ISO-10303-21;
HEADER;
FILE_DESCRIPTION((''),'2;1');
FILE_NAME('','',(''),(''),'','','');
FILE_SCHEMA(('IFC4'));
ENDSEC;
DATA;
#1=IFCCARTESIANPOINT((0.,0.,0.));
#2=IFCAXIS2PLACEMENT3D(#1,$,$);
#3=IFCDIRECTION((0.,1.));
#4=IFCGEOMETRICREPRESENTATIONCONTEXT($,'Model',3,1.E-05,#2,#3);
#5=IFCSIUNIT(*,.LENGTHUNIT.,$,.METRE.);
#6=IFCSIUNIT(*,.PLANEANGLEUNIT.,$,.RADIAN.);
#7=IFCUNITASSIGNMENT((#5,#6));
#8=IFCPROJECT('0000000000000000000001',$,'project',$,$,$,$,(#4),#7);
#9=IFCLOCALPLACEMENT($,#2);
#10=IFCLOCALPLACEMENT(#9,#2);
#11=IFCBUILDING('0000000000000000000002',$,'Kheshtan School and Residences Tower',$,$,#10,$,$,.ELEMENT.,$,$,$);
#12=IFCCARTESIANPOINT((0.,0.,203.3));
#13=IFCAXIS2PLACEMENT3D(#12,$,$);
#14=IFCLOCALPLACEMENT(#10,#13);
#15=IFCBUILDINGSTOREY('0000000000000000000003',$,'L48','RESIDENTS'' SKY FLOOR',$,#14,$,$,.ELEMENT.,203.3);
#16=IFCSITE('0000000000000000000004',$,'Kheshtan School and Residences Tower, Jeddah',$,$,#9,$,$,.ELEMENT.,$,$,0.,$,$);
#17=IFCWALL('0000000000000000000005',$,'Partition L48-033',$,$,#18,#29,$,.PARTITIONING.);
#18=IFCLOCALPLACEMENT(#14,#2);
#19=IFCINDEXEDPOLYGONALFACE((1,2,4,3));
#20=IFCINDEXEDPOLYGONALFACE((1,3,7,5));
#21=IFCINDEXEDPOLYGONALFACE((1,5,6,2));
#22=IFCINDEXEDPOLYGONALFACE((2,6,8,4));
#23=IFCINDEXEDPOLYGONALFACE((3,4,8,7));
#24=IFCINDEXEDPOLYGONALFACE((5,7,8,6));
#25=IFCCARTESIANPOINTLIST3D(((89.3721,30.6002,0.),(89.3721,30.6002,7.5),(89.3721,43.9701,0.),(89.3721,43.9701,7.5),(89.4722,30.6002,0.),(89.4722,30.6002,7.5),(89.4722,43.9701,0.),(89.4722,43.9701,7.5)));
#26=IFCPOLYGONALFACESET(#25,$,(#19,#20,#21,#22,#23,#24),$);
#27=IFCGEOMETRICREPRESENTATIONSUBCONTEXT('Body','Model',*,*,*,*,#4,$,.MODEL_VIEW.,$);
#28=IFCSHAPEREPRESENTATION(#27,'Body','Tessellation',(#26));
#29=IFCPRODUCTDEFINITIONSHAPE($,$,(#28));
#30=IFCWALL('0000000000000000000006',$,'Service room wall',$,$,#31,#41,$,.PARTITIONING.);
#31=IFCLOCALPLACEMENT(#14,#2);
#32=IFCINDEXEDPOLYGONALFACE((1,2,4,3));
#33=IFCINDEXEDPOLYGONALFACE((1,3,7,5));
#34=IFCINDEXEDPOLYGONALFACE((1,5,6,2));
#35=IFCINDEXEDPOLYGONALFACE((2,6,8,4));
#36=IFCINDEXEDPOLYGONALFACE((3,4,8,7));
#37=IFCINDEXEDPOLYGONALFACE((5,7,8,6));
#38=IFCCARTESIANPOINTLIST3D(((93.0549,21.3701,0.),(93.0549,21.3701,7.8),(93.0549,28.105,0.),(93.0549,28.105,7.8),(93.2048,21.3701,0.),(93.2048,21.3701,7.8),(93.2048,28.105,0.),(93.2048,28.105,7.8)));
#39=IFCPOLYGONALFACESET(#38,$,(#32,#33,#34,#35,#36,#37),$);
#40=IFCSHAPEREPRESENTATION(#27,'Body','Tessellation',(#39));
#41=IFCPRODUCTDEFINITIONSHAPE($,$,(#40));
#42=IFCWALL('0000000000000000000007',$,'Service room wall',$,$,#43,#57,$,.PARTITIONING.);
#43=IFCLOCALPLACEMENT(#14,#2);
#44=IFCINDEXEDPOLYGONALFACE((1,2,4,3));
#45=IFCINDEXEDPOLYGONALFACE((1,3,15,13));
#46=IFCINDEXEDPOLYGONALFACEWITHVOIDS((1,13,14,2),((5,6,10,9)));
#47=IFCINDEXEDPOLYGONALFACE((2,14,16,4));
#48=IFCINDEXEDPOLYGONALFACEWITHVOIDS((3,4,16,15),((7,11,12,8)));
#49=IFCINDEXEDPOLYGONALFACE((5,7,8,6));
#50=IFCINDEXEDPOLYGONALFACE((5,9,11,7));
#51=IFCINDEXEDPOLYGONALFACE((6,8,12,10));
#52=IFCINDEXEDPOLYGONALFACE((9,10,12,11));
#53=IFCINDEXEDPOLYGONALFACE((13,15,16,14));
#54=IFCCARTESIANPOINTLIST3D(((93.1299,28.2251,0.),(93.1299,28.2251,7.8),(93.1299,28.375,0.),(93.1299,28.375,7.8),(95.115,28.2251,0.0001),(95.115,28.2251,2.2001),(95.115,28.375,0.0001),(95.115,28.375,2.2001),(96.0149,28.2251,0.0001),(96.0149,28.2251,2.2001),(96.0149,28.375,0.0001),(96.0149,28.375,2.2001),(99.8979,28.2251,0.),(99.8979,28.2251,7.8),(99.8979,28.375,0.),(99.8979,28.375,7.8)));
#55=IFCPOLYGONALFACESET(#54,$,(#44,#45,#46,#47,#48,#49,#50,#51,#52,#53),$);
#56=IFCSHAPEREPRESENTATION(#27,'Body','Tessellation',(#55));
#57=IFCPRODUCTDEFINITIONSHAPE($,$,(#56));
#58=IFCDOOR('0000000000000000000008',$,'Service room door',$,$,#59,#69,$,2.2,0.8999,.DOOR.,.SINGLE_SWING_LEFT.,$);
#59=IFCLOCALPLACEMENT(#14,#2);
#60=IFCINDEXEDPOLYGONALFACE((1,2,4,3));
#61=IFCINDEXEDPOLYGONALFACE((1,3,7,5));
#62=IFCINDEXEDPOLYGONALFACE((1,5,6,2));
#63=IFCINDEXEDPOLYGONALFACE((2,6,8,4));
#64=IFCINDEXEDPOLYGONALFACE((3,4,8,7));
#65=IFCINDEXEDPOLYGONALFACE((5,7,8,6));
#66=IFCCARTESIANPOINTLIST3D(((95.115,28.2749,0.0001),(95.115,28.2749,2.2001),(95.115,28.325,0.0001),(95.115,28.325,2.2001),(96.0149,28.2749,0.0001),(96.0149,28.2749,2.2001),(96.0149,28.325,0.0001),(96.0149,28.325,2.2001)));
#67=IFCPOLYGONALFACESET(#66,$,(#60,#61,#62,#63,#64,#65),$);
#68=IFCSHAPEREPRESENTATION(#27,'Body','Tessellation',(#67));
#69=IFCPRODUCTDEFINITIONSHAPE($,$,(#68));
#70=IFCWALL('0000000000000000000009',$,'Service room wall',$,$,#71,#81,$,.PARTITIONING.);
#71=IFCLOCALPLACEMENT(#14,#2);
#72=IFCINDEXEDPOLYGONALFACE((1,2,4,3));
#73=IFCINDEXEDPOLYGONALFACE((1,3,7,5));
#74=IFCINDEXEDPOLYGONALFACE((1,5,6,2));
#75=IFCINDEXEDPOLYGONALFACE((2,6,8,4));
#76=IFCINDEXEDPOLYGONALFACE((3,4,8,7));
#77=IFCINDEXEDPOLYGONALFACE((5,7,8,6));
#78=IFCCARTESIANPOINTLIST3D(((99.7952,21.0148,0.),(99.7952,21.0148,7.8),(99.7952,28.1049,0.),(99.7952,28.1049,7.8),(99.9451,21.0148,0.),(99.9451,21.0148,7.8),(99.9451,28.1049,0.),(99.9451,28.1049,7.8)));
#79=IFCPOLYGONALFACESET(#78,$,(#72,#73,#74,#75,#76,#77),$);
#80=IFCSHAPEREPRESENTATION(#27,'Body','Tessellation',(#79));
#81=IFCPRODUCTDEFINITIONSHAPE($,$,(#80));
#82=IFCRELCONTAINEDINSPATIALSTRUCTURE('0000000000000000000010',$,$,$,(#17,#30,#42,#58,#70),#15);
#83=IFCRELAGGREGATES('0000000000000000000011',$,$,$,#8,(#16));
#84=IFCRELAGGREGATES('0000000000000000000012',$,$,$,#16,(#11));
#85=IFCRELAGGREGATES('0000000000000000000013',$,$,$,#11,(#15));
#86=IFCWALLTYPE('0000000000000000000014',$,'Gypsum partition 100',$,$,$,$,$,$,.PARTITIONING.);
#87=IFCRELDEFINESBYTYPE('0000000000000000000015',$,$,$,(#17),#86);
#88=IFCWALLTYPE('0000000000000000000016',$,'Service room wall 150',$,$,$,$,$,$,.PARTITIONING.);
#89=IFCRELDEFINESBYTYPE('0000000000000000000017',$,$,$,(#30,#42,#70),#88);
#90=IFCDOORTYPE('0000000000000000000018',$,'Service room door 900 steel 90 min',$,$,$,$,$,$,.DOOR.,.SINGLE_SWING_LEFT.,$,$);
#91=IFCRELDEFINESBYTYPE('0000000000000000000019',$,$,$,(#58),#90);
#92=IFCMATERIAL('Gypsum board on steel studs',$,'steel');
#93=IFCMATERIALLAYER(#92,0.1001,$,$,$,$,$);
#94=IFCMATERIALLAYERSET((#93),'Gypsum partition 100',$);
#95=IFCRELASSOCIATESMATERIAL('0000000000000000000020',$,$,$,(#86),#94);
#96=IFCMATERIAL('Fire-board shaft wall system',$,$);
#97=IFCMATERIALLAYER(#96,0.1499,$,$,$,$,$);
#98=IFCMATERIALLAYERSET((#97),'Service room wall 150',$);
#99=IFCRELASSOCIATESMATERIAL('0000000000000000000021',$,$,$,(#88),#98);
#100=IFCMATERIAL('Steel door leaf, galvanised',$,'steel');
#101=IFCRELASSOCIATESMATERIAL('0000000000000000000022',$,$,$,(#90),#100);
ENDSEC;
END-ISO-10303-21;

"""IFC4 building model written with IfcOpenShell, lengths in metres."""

from ifc_helpers import new_model, si_unit, direction, frame, frame_2d, origin, place, context, subcontext, project, spatial, rectangle, extrude, source, transform, mapped, material, layer, layer_set, type_object, element, fill, save


model = new_model("IFC4")

# Units and contexts
model_context = context("Model", 3, precision=1e-05, world=origin(), true_north=direction((0.0, 1.0)))
body_context = subcontext(model_context, "Body", "Model", "MODEL_VIEW")
ifc_project = project(units=[si_unit("LENGTHUNIT", "METRE"), si_unit("PLANEANGLEUNIT", "RADIAN")], contexts=[model_context])

# Site, building, storey
site_placement = place(None, origin())
site = spatial("IfcSite", under=ifc_project, at=site_placement, Name="Kheshtan School and Residences Tower, Jeddah", CompositionType="ELEMENT", RefElevation=0.0)
building_placement = place(site_placement, origin())
building = spatial("IfcBuilding", under=site, at=building_placement, Name="Kheshtan School and Residences Tower", CompositionType="ELEMENT")
storey_placement = place(building_placement, frame((0.0, 0.0, 203.3)))
storey = spatial("IfcBuildingStorey", under=building, at=storey_placement, Name="L48", Description="RESIDENTS' SKY FLOOR", CompositionType="ELEMENT", Elevation=203.3)

# Walls
ifc_material_1 = material(Name="Gypsum board on steel studs", Category="steel")
ifc_layer_1 = layer(ifc_material_1, 0.1001)
ifc_layer_set_1 = layer_set([ifc_layer_1], Name="Gypsum partition 100")
wall_type_1 = type_object("IfcWallType", Name="Gypsum partition 100", PredefinedType="PARTITIONING", material=ifc_layer_set_1)
wall_1_placement = place(storey_placement, frame((89.4221, 30.6001, 0.0), z_axis=(0.0, 0.0, 1.0), x_axis=(0.0, 1.0, 0.0)))
element("IfcWall", 1, at=wall_1_placement, inside=storey, type_object=wall_type_1, Name="Partition L48-033", PredefinedType="PARTITIONING", context=body_context, shape_type="SweptSolid", body=[
    extrude(rectangle(XDim=13.3699, YDim=0.1001, at=frame_2d((6.6851, 0.0))), origin(), (0.0, 0.0, 1.0), 7.5),
])
ifc_material_2 = material(Name="Fire-board shaft wall system")
ifc_layer_2 = layer(ifc_material_2, 0.1499)
ifc_layer_set_2 = layer_set([ifc_layer_2], Name="Service room wall 150")
wall_type_2 = type_object("IfcWallType", Name="Service room wall 150", PredefinedType="PARTITIONING", material=ifc_layer_set_2)
wall_2_placement = place(storey_placement, frame((93.1299, 21.3701, 0.0), z_axis=(0.0, 0.0, 1.0), x_axis=(0.0, 1.0, 0.0)))
element("IfcWall", 2, at=wall_2_placement, inside=storey, type_object=wall_type_2, Name="Service room wall", PredefinedType="PARTITIONING", context=body_context, shape_type="SweptSolid", body=[
    extrude(rectangle(XDim=6.7349, YDim=0.1499, at=frame_2d((3.3674, 0.0))), origin(), (0.0, 0.0, 1.0), 7.8),
])

# Wall, opening, door
wall_3_placement = place(storey_placement, frame((93.1299, 28.3, 0.0), z_axis=(0.0, 0.0, 1.0), x_axis=(1.0, 0.0, 0.0)))
wall_3 = element("IfcWall", 3, at=wall_3_placement, inside=storey, type_object=wall_type_2, Name="Service room wall", PredefinedType="PARTITIONING", context=body_context, shape_type="SweptSolid", body=[
    extrude(rectangle(XDim=6.7681, YDim=0.1499, at=frame_2d((3.384, 0.0))), origin(), (0.0, 0.0, 1.0), 7.8),
])
opening_placement = place(wall_3_placement, frame((1.9851, 0.0, 0.0)))
opening = element("IfcOpeningElement", 4, at=opening_placement, cuts=wall_3, PredefinedType="OPENING", context=body_context, shape_type="SweptSolid", body=[
    extrude(rectangle(XDim=0.8999, YDim=2.2, at=frame_2d((0.45, 1.1001))), frame((0.0, 0.085, 0.0), z_axis=(0.0, -1.0, 0.0), x_axis=(1.0, 0.0, 0.0)), (0.0, 0.0, 1.0), 0.1699),
])
ifc_material_3 = material(Name="Steel door leaf, galvanised", Category="steel")
door_type = type_object("IfcDoorType", Name="Service room door 900 steel 90 min", OperationType="SINGLE_SWING_LEFT", PredefinedType="DOOR", material=ifc_material_3)
shared_shape = source(origin(), body_context, "Body", "SweptSolid", [
    extrude(rectangle(XDim=0.8999, YDim=2.2, at=frame_2d((0.45, 1.1001))), frame((0.0, 0.0249, 0.0), z_axis=(0.0, -1.0, 0.0), x_axis=(1.0, 0.0, 0.0)), (0.0, 0.0, 1.0), 0.05),
])
door_placement = place(opening_placement, origin())
door = element("IfcDoor", 5, at=door_placement, inside=storey, type_object=door_type, Name="Service room door", OperationType="SINGLE_SWING_LEFT", OverallHeight=2.2, OverallWidth=0.8999, PredefinedType="DOOR", context=body_context, shape_type="MappedRepresentation", body=[
    mapped(shared_shape, transform((0.0, 0.0, 0.0), x_axis=(1.0, 0.0, 0.0), y_axis=(0.0, 1.0, 0.0), z_axis=(0.0, 0.0, 1.0), scale=1.0)),
])
fill(opening, door)

# Wall
wall_4_placement = place(storey_placement, frame((99.8701, 21.0149, 0.0), z_axis=(0.0, 0.0, 1.0), x_axis=(0.0, 1.0, 0.0)))
element("IfcWall", 6, at=wall_4_placement, inside=storey, type_object=wall_type_2, Name="Service room wall", PredefinedType="PARTITIONING", context=body_context, shape_type="SweptSolid", body=[
    extrude(rectangle(XDim=7.0901, YDim=0.1499, at=frame_2d((3.5449, 0.0))), origin(), (0.0, 0.0, 1.0), 7.8),
])

save(model, "model.ifc")
